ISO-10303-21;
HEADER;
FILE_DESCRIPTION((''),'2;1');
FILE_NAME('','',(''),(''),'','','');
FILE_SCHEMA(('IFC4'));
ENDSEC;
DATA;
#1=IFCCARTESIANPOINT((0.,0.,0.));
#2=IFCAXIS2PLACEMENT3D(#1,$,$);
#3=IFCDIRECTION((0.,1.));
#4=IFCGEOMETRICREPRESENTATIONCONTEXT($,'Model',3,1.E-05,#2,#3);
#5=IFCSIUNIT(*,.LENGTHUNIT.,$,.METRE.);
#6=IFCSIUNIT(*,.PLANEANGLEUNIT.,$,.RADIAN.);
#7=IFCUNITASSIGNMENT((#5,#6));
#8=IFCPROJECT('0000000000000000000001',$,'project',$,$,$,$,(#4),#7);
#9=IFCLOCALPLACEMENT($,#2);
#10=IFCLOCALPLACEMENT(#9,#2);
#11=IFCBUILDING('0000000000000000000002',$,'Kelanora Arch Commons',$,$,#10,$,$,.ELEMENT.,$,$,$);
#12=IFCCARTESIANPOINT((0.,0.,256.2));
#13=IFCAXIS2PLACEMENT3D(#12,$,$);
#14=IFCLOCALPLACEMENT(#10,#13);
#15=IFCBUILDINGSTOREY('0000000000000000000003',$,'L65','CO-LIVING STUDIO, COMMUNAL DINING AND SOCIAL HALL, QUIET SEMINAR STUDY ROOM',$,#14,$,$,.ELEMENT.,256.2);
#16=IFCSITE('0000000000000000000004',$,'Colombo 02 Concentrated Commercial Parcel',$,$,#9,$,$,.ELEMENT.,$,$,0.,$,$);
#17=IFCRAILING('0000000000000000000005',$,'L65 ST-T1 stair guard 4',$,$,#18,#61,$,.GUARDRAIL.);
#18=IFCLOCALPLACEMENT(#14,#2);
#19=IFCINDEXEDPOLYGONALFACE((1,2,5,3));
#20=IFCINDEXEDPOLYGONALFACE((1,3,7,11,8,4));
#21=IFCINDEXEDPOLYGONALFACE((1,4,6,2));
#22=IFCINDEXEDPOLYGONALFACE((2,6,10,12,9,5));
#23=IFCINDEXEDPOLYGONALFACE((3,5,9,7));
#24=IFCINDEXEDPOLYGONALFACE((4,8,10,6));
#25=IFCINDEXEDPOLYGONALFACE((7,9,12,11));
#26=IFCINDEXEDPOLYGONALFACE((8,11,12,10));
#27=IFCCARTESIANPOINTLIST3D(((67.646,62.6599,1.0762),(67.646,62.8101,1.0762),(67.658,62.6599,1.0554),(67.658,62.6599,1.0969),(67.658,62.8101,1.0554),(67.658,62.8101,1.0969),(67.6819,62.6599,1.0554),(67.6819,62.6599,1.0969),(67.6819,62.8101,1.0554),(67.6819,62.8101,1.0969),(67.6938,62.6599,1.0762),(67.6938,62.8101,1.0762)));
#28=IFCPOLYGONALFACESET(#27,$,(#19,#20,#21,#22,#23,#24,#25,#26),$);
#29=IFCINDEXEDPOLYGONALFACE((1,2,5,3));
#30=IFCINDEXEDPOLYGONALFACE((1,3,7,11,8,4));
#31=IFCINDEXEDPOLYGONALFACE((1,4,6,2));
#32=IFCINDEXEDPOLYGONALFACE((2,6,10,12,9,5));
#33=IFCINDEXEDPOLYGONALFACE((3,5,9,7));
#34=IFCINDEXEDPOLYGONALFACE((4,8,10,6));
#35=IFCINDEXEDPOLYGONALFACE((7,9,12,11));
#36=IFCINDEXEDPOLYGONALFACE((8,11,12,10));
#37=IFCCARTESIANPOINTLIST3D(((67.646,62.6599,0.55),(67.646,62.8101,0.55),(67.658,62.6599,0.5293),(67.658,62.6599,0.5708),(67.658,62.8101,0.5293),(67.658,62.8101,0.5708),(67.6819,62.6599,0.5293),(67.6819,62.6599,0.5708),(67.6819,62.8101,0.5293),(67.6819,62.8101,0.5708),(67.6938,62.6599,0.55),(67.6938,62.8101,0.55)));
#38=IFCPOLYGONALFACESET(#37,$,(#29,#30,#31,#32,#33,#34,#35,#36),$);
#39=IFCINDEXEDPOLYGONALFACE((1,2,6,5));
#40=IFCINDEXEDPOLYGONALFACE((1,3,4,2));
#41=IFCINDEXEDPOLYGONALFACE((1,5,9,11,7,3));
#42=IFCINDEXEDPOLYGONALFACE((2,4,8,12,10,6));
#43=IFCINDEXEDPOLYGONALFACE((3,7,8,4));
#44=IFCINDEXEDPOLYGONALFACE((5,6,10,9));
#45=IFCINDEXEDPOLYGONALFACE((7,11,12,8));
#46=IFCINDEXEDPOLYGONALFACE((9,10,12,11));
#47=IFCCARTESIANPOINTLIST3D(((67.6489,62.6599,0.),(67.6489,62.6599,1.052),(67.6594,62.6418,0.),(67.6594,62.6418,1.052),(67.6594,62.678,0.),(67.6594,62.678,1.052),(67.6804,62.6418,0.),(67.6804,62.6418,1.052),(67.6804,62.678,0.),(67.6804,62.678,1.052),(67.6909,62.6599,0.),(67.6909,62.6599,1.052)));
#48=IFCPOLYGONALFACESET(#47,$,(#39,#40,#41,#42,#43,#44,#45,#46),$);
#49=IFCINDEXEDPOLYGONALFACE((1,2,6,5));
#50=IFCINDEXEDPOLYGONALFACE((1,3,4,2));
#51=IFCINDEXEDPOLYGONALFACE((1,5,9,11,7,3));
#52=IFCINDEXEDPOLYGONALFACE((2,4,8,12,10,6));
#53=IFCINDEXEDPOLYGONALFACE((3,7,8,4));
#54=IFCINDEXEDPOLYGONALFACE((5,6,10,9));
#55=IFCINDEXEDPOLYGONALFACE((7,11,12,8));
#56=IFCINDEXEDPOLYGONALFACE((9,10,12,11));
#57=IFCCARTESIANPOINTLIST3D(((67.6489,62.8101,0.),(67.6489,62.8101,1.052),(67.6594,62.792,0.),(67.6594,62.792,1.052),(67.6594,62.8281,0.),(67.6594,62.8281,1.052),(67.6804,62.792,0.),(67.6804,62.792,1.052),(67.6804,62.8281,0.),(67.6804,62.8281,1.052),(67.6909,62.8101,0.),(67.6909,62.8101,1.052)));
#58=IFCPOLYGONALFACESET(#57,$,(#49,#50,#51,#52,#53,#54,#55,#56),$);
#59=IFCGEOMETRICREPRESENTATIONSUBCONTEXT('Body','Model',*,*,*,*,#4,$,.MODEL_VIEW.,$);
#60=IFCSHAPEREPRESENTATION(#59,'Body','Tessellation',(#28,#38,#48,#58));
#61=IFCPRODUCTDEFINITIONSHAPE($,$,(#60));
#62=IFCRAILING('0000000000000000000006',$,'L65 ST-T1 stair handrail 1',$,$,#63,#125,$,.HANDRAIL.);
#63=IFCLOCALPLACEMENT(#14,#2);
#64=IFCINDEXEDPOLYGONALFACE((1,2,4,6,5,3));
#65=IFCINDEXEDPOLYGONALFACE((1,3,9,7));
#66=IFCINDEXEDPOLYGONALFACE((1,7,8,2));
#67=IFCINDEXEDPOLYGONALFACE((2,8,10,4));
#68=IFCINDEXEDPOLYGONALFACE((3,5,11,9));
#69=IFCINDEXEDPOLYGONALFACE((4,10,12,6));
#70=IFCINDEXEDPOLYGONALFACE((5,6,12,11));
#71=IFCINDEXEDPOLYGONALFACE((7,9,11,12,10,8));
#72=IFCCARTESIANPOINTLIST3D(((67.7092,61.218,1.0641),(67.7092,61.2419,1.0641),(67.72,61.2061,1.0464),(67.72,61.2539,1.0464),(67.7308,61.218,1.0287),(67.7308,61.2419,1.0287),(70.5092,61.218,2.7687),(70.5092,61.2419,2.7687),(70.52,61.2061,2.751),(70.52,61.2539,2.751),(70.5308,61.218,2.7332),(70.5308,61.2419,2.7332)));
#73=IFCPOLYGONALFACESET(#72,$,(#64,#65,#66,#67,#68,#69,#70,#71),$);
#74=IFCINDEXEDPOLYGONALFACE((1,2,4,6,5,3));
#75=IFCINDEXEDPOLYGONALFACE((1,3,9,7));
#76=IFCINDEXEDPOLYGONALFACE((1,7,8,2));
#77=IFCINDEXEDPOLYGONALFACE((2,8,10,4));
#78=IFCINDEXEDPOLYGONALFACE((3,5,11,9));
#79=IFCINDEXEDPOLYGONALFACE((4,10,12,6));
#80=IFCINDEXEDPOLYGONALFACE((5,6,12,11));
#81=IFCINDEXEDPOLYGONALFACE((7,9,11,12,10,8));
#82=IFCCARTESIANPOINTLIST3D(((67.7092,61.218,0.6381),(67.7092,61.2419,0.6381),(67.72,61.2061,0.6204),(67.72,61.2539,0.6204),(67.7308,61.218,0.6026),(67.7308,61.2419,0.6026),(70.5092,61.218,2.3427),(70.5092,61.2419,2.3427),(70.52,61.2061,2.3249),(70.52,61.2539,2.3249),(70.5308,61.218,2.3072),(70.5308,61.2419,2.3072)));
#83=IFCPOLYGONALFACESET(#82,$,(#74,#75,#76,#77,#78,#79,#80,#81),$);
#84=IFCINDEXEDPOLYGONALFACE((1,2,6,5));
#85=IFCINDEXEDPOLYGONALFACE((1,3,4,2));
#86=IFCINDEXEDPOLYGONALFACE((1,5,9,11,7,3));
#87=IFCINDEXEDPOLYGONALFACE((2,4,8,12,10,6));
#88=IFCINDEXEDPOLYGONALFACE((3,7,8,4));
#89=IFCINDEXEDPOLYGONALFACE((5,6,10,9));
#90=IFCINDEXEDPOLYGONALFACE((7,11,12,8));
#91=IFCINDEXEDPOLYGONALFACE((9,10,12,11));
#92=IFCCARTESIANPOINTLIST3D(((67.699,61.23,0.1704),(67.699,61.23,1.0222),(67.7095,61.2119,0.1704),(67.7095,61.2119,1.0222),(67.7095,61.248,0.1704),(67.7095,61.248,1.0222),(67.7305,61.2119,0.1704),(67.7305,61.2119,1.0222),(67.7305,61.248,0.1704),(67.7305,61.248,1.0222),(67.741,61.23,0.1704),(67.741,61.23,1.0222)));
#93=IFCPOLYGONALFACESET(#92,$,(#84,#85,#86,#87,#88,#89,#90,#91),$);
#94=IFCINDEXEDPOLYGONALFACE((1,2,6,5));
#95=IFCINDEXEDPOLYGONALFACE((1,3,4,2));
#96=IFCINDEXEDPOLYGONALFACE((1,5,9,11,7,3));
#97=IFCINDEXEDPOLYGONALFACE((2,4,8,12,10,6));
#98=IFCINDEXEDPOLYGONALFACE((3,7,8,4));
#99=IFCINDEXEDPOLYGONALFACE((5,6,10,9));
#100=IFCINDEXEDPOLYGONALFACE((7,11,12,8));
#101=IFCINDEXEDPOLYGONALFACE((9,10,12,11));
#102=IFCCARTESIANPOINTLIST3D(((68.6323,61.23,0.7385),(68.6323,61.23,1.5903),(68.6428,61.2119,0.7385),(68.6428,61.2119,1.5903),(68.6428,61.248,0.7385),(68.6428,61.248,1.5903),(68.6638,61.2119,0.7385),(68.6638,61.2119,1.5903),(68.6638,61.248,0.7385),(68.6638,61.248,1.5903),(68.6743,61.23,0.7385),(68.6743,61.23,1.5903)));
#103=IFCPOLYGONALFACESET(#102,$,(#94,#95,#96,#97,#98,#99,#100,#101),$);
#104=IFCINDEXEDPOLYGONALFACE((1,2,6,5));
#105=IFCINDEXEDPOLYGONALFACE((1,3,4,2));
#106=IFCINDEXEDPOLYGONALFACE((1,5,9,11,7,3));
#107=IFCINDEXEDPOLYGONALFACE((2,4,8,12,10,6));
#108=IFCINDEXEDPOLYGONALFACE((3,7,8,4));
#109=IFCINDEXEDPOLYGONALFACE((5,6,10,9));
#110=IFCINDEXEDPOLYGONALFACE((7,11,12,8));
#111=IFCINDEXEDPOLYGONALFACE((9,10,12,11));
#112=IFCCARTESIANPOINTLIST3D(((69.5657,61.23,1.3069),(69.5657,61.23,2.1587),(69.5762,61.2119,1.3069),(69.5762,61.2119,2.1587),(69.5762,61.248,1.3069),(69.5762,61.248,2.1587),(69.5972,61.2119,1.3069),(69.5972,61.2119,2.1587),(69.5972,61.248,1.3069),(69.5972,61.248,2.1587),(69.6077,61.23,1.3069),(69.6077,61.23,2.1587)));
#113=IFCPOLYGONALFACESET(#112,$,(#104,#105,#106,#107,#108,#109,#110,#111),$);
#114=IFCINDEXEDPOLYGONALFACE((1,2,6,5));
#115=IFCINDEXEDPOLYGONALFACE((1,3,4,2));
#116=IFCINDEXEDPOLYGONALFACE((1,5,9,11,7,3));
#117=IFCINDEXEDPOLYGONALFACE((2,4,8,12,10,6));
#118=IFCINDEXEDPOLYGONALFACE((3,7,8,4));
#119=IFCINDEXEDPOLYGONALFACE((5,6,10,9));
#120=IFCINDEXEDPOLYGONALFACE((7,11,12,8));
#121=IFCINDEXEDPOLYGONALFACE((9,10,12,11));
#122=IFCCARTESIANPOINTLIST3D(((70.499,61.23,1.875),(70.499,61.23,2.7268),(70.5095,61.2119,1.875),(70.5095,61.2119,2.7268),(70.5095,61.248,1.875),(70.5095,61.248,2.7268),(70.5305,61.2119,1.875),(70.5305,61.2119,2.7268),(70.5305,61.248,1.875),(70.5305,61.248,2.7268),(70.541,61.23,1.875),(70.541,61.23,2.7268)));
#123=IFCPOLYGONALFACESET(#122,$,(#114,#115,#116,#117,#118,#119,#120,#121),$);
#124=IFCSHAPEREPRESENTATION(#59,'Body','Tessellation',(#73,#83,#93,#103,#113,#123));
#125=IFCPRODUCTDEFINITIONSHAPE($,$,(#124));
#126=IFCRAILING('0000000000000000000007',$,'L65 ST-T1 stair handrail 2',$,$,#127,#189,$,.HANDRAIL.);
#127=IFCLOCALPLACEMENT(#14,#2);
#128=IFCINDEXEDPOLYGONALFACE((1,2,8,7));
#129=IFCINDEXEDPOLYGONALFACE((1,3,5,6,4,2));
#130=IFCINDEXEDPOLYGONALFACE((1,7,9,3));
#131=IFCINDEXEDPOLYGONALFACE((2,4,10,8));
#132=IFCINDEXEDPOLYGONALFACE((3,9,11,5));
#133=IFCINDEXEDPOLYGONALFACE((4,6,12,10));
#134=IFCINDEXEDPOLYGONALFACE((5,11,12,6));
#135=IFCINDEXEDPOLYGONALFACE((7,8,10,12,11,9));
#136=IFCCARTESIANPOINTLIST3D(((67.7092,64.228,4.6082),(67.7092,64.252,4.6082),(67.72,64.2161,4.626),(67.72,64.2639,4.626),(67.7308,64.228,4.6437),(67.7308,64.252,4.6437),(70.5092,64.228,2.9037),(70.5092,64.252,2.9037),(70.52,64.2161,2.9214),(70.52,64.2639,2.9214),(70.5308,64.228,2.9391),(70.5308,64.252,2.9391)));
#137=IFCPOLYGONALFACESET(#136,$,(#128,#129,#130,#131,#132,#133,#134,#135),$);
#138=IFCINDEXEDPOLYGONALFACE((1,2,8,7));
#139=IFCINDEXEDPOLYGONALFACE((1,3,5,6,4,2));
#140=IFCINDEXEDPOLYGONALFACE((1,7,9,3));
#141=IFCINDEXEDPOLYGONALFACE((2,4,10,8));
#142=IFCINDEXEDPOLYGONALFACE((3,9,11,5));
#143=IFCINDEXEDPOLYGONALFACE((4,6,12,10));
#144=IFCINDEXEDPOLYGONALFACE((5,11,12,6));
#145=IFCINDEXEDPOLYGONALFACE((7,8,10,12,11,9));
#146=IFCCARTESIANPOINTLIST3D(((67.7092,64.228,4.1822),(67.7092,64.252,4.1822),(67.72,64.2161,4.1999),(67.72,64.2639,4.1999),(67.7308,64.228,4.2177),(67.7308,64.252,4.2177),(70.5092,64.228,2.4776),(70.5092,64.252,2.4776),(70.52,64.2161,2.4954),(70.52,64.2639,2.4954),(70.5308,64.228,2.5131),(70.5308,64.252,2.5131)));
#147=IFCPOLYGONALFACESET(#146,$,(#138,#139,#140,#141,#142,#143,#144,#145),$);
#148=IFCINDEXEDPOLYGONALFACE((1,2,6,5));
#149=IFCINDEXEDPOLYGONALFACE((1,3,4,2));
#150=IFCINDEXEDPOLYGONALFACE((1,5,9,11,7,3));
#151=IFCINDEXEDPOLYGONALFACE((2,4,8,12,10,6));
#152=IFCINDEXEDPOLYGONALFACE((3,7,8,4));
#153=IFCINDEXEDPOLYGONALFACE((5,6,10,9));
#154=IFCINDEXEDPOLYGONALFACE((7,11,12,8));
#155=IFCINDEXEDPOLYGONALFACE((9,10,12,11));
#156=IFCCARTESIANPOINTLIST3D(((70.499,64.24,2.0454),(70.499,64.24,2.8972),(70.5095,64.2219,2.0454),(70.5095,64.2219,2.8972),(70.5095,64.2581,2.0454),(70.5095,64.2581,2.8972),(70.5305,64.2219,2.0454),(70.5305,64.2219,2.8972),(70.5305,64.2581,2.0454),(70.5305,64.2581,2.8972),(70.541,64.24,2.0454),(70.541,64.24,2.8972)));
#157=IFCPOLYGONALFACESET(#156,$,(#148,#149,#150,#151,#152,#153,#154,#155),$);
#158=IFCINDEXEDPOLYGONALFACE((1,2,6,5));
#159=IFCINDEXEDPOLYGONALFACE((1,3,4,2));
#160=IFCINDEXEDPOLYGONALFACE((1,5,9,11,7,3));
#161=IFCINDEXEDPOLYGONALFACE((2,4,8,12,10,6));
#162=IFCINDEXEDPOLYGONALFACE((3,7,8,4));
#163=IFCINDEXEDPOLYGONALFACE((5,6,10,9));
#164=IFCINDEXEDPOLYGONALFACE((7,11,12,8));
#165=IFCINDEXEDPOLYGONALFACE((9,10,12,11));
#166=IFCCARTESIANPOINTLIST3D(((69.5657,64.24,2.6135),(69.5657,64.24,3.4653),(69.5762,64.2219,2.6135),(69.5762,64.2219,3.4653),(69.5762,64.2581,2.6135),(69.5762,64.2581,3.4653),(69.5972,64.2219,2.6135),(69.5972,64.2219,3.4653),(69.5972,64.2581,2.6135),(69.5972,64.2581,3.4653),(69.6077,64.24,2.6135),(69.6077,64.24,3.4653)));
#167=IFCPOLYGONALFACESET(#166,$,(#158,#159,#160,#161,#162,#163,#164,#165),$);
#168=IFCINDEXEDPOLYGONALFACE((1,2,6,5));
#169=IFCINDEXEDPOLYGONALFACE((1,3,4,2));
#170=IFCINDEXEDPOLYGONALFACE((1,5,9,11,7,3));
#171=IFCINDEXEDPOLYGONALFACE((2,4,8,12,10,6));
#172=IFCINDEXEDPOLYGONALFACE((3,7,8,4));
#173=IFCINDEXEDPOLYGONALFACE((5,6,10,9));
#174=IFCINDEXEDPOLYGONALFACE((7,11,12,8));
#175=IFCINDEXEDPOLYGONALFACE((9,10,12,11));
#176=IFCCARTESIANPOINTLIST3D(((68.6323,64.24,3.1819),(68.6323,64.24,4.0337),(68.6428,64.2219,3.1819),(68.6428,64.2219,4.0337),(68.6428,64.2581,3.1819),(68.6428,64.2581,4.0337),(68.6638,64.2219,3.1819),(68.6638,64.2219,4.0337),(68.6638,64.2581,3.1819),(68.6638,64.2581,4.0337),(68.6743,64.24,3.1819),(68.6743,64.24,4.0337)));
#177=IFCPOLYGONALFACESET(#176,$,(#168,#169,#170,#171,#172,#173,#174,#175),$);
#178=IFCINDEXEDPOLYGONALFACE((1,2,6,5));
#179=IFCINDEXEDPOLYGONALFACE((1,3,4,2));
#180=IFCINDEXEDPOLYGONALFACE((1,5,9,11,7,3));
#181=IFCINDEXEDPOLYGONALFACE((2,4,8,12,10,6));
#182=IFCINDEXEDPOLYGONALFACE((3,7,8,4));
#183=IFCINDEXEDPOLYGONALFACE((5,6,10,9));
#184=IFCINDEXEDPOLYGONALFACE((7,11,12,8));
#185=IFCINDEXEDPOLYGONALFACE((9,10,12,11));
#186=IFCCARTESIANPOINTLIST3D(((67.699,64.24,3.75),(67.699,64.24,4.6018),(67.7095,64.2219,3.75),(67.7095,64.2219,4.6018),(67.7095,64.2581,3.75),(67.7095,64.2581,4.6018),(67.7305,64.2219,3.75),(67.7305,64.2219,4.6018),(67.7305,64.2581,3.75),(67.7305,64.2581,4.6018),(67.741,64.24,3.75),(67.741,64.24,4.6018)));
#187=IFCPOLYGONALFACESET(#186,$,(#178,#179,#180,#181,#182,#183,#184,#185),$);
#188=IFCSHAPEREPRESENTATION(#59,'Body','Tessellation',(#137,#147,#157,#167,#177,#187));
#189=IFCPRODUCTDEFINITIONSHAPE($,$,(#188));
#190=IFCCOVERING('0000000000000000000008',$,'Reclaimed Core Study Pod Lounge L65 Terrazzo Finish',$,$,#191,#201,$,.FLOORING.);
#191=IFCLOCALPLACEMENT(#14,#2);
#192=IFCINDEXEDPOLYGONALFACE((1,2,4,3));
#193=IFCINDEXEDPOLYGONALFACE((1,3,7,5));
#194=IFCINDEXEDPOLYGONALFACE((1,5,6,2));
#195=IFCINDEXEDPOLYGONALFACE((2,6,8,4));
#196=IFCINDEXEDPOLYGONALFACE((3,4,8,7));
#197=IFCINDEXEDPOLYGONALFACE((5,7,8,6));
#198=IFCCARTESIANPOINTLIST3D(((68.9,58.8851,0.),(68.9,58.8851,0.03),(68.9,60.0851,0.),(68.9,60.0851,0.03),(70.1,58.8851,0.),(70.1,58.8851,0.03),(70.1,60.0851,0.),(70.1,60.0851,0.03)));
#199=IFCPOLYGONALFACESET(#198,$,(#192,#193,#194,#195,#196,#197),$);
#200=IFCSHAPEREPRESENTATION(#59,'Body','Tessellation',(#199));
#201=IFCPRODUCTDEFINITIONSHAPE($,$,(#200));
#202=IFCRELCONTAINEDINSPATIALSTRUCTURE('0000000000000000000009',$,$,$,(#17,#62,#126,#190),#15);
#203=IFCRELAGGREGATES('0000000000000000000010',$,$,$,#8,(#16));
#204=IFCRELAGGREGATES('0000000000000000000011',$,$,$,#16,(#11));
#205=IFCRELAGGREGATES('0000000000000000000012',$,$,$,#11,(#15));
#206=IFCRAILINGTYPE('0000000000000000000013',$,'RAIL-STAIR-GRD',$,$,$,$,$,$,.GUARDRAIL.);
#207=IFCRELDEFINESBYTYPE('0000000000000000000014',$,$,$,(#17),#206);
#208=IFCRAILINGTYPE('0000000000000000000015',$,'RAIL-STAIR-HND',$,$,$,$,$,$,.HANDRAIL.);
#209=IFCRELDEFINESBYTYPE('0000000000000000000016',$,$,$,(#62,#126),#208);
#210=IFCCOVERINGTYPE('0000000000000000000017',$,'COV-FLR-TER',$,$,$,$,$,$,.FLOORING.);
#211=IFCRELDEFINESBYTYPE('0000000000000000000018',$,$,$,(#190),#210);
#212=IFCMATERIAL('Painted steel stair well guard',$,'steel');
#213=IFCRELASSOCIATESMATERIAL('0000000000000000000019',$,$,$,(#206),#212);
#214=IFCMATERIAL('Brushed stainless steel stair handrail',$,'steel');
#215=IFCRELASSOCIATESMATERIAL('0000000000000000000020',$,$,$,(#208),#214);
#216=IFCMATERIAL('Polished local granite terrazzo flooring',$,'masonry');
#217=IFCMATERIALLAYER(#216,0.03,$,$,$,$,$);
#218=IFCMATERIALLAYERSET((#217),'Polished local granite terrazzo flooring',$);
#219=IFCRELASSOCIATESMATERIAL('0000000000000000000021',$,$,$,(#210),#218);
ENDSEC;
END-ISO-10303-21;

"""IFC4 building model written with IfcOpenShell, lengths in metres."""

from ifc_helpers import new_model, si_unit, direction, frame, origin, origin_2d, place, context, subcontext, project, spatial, polyline, rectangle, outline, extrude, source, transform, mapped, material, layer, layer_set, type_object, element, save


model = new_model("IFC4")

# Units and contexts
model_context = context("Model", 3, precision=1e-05, world=origin(), true_north=direction((0.0, 1.0)))
body_context = subcontext(model_context, "Body", "Model", "MODEL_VIEW")
ifc_project = project(units=[si_unit("LENGTHUNIT", "METRE"), si_unit("PLANEANGLEUNIT", "RADIAN")], contexts=[model_context])

# Site, building, storey
site_placement = place(None, origin())
site = spatial("IfcSite", under=ifc_project, at=site_placement, Name="Colombo 02 Concentrated Commercial Parcel", CompositionType="ELEMENT", RefElevation=0.0)
building_placement = place(site_placement, origin())
building = spatial("IfcBuilding", under=site, at=building_placement, Name="Kelanora Arch Commons", CompositionType="ELEMENT")
storey_placement = place(building_placement, frame((0.0, 0.0, 256.2)))
storey = spatial("IfcBuildingStorey", under=building, at=storey_placement, Name="L65", Description="CO-LIVING STUDIO, COMMUNAL DINING AND SOCIAL HALL, QUIET SEMINAR STUDY ROOM", CompositionType="ELEMENT", Elevation=256.2)

# Railings
ifc_material_1 = material(Name="Painted steel stair well guard", Category="steel")
railing_type_1 = type_object("IfcRailingType", Name="RAIL-STAIR-GRD", PredefinedType="GUARDRAIL", material=ifc_material_1)
railing_1_placement = place(storey_placement, frame((67.6699, 62.6599, 0.0)))
element("IfcRailing", 1, at=railing_1_placement, inside=storey, type_object=railing_type_1, Name="L65 ST-T1 stair guard 4", PredefinedType="GUARDRAIL", context=body_context, shape_type="SweptSolid", body=[
    extrude(outline(polyline([(0.0239, 0.0), (0.012, 0.0208), (-0.012, 0.0208), (-0.0239, 0.0), (-0.012, -0.0208), (0.012, -0.0208), (0.0239, 0.0)])), frame((0.0, 0.0, 1.0762), z_axis=(0.0, 1.0, 0.0), x_axis=(-1.0, 0.0, 0.0)), (0.0, 0.0, 1.0), 0.1501),
    extrude(outline(polyline([(0.0239, 0.0), (0.012, 0.0208), (-0.012, 0.0208), (-0.0239, 0.0), (-0.012, -0.0208), (0.012, -0.0208), (0.0239, 0.0)])), frame((0.0, 0.0, 0.55), z_axis=(0.0, 1.0, 0.0), x_axis=(-1.0, 0.0, 0.0)), (0.0, 0.0, 1.0), 0.1501),
    extrude(outline(polyline([(0.021, 0.0), (0.0105, 0.0181), (-0.0105, 0.0181), (-0.021, 0.0), (-0.0105, -0.0181), (0.0105, -0.0181), (0.021, 0.0)])), origin(), (0.0, 0.0, 1.0), 1.052),
    extrude(outline(polyline([(0.021, 0.0), (0.0105, 0.0181), (-0.0105, 0.0181), (-0.021, 0.0), (-0.0105, -0.0181), (0.0105, -0.0181), (0.021, 0.0)])), frame((0.0, 0.1501, 0.0)), (0.0, 0.0, 1.0), 1.052),
])
ifc_material_2 = material(Name="Brushed stainless steel stair handrail", Category="steel")
railing_type_2 = type_object("IfcRailingType", Name="RAIL-STAIR-HND", PredefinedType="HANDRAIL", material=ifc_material_2)
railing_2_placement = place(storey_placement, frame((67.72, 61.23, 0.1704)))
element("IfcRailing", 2, at=railing_2_placement, inside=storey, type_object=railing_type_2, Name="L65 ST-T1 stair handrail 1", PredefinedType="HANDRAIL", context=body_context, shape_type="SweptSolid", body=[
    extrude(outline(polyline([(0.0239, 0.0), (0.012, 0.0208), (-0.012, 0.0208), (-0.0239, 0.0), (-0.012, -0.0208), (0.012, -0.0208), (0.0239, 0.0)])), frame((0.0, 0.0, 0.876), z_axis=(0.85417, 0.0, 0.519994), x_axis=(0.0, 1.0, 0.0)), (0.0, 0.0, 1.0), 3.2781),
    extrude(outline(polyline([(0.0239, 0.0), (0.012, 0.0208), (-0.012, 0.0208), (-0.0239, 0.0), (-0.012, -0.0208), (0.012, -0.0208), (0.0239, 0.0)])), frame((0.0, 0.0, 0.45), z_axis=(0.85417, 0.0, 0.519994), x_axis=(0.0, 1.0, 0.0)), (0.0, 0.0, 1.0), 3.2781),
    extrude(outline(polyline([(0.021, 0.0), (0.0105, 0.0181), (-0.0105, 0.0181), (-0.021, 0.0), (-0.0105, -0.0181), (0.0105, -0.0181), (0.021, 0.0)])), origin(), (0.0, 0.0, 1.0), 0.8518),
    extrude(outline(polyline([(0.021, 0.0), (0.0105, 0.0181), (-0.0105, 0.0181), (-0.021, 0.0), (-0.0105, -0.0181), (0.0105, -0.0181), (0.021, 0.0)])), frame((0.9333, 0.0, 0.5681)), (0.0, 0.0, 1.0), 0.8518),
    extrude(outline(polyline([(0.021, 0.0), (0.0105, 0.0181), (-0.0105, 0.0181), (-0.021, 0.0), (-0.0105, -0.0181), (0.0105, -0.0181), (0.021, 0.0)])), frame((1.8667, 0.0, 1.1365)), (0.0, 0.0, 1.0), 0.8518),
    extrude(outline(polyline([(0.021, 0.0), (0.0105, 0.0181), (-0.0105, 0.0181), (-0.021, 0.0), (-0.0105, -0.0181), (0.0105, -0.0181), (0.021, 0.0)])), frame((2.8, 0.0, 1.7046)), (0.0, 0.0, 1.0), 0.8518),
])
railing_3_placement = place(storey_placement, frame((70.52, 64.24, 2.0454)))
element("IfcRailing", 3, at=railing_3_placement, inside=storey, type_object=railing_type_2, Name="L65 ST-T1 stair handrail 2", PredefinedType="HANDRAIL", context=body_context, shape_type="SweptSolid", body=[
    extrude(outline(polyline([(0.0239, 0.0), (0.012, 0.0208), (-0.012, 0.0208), (-0.0239, 0.0), (-0.012, -0.0208), (0.012, -0.0208), (0.0239, 0.0)])), frame((0.0, 0.0, 0.876), z_axis=(-0.85417, 0.0, 0.519994), x_axis=(0.0, -1.0, 0.0)), (0.0, 0.0, 1.0), 3.2781),
    extrude(outline(polyline([(0.0239, 0.0), (0.012, 0.0208), (-0.012, 0.0208), (-0.0239, 0.0), (-0.012, -0.0208), (0.012, -0.0208), (0.0239, 0.0)])), frame((0.0, 0.0, 0.45), z_axis=(-0.85417, 0.0, 0.519994), x_axis=(0.0, -1.0, 0.0)), (0.0, 0.0, 1.0), 3.2781),
    extrude(outline(polyline([(0.021, 0.0), (0.0105, 0.0181), (-0.0105, 0.0181), (-0.021, 0.0), (-0.0105, -0.0181), (0.0105, -0.0181), (0.021, 0.0)])), origin(), (0.0, 0.0, 1.0), 0.8518),
    extrude(outline(polyline([(0.021, 0.0), (0.0105, 0.0181), (-0.0105, 0.0181), (-0.021, 0.0), (-0.0105, -0.0181), (0.0105, -0.0181), (0.021, 0.0)])), frame((-0.9333, 0.0, 0.5681)), (0.0, 0.0, 1.0), 0.8518),
    extrude(outline(polyline([(0.021, 0.0), (0.0105, 0.0181), (-0.0105, 0.0181), (-0.021, 0.0), (-0.0105, -0.0181), (0.0105, -0.0181), (0.021, 0.0)])), frame((-1.8667, 0.0, 1.1365)), (0.0, 0.0, 1.0), 0.8518),
    extrude(outline(polyline([(0.021, 0.0), (0.0105, 0.0181), (-0.0105, 0.0181), (-0.021, 0.0), (-0.0105, -0.0181), (0.0105, -0.0181), (0.021, 0.0)])), frame((-2.8, 0.0, 1.7046)), (0.0, 0.0, 1.0), 0.8518),
])

# Covering
ifc_material_3 = material(Name="Polished local granite terrazzo flooring", Category="masonry")
ifc_layer_1 = layer(ifc_material_3, 0.03)
ifc_layer_set_1 = layer_set([ifc_layer_1], Name="Polished local granite terrazzo flooring")
covering_type = type_object("IfcCoveringType", Name="COV-FLR-TER", PredefinedType="FLOORING", material=ifc_layer_set_1)
shared_shape = source(origin(), body_context, "Body", "SweptSolid", [
    extrude(rectangle(XDim=1.2, YDim=1.2, at=origin_2d()), origin(), (0.0, 0.0, 1.0), 0.03),
])
covering_placement = place(storey_placement, frame((69.5, 59.4851, 0.0), z_axis=(0.0, 0.0, 1.0), x_axis=(1.0, 0.0, 0.0)))
element("IfcCovering", 4, at=covering_placement, inside=storey, type_object=covering_type, Name="Reclaimed Core Study Pod Lounge L65 Terrazzo Finish", PredefinedType="FLOORING", context=body_context, shape_type="MappedRepresentation", body=[
    mapped(shared_shape, transform((0.0, 0.0, 0.0), scale=1.0)),
])

save(model, "model.ifc")
